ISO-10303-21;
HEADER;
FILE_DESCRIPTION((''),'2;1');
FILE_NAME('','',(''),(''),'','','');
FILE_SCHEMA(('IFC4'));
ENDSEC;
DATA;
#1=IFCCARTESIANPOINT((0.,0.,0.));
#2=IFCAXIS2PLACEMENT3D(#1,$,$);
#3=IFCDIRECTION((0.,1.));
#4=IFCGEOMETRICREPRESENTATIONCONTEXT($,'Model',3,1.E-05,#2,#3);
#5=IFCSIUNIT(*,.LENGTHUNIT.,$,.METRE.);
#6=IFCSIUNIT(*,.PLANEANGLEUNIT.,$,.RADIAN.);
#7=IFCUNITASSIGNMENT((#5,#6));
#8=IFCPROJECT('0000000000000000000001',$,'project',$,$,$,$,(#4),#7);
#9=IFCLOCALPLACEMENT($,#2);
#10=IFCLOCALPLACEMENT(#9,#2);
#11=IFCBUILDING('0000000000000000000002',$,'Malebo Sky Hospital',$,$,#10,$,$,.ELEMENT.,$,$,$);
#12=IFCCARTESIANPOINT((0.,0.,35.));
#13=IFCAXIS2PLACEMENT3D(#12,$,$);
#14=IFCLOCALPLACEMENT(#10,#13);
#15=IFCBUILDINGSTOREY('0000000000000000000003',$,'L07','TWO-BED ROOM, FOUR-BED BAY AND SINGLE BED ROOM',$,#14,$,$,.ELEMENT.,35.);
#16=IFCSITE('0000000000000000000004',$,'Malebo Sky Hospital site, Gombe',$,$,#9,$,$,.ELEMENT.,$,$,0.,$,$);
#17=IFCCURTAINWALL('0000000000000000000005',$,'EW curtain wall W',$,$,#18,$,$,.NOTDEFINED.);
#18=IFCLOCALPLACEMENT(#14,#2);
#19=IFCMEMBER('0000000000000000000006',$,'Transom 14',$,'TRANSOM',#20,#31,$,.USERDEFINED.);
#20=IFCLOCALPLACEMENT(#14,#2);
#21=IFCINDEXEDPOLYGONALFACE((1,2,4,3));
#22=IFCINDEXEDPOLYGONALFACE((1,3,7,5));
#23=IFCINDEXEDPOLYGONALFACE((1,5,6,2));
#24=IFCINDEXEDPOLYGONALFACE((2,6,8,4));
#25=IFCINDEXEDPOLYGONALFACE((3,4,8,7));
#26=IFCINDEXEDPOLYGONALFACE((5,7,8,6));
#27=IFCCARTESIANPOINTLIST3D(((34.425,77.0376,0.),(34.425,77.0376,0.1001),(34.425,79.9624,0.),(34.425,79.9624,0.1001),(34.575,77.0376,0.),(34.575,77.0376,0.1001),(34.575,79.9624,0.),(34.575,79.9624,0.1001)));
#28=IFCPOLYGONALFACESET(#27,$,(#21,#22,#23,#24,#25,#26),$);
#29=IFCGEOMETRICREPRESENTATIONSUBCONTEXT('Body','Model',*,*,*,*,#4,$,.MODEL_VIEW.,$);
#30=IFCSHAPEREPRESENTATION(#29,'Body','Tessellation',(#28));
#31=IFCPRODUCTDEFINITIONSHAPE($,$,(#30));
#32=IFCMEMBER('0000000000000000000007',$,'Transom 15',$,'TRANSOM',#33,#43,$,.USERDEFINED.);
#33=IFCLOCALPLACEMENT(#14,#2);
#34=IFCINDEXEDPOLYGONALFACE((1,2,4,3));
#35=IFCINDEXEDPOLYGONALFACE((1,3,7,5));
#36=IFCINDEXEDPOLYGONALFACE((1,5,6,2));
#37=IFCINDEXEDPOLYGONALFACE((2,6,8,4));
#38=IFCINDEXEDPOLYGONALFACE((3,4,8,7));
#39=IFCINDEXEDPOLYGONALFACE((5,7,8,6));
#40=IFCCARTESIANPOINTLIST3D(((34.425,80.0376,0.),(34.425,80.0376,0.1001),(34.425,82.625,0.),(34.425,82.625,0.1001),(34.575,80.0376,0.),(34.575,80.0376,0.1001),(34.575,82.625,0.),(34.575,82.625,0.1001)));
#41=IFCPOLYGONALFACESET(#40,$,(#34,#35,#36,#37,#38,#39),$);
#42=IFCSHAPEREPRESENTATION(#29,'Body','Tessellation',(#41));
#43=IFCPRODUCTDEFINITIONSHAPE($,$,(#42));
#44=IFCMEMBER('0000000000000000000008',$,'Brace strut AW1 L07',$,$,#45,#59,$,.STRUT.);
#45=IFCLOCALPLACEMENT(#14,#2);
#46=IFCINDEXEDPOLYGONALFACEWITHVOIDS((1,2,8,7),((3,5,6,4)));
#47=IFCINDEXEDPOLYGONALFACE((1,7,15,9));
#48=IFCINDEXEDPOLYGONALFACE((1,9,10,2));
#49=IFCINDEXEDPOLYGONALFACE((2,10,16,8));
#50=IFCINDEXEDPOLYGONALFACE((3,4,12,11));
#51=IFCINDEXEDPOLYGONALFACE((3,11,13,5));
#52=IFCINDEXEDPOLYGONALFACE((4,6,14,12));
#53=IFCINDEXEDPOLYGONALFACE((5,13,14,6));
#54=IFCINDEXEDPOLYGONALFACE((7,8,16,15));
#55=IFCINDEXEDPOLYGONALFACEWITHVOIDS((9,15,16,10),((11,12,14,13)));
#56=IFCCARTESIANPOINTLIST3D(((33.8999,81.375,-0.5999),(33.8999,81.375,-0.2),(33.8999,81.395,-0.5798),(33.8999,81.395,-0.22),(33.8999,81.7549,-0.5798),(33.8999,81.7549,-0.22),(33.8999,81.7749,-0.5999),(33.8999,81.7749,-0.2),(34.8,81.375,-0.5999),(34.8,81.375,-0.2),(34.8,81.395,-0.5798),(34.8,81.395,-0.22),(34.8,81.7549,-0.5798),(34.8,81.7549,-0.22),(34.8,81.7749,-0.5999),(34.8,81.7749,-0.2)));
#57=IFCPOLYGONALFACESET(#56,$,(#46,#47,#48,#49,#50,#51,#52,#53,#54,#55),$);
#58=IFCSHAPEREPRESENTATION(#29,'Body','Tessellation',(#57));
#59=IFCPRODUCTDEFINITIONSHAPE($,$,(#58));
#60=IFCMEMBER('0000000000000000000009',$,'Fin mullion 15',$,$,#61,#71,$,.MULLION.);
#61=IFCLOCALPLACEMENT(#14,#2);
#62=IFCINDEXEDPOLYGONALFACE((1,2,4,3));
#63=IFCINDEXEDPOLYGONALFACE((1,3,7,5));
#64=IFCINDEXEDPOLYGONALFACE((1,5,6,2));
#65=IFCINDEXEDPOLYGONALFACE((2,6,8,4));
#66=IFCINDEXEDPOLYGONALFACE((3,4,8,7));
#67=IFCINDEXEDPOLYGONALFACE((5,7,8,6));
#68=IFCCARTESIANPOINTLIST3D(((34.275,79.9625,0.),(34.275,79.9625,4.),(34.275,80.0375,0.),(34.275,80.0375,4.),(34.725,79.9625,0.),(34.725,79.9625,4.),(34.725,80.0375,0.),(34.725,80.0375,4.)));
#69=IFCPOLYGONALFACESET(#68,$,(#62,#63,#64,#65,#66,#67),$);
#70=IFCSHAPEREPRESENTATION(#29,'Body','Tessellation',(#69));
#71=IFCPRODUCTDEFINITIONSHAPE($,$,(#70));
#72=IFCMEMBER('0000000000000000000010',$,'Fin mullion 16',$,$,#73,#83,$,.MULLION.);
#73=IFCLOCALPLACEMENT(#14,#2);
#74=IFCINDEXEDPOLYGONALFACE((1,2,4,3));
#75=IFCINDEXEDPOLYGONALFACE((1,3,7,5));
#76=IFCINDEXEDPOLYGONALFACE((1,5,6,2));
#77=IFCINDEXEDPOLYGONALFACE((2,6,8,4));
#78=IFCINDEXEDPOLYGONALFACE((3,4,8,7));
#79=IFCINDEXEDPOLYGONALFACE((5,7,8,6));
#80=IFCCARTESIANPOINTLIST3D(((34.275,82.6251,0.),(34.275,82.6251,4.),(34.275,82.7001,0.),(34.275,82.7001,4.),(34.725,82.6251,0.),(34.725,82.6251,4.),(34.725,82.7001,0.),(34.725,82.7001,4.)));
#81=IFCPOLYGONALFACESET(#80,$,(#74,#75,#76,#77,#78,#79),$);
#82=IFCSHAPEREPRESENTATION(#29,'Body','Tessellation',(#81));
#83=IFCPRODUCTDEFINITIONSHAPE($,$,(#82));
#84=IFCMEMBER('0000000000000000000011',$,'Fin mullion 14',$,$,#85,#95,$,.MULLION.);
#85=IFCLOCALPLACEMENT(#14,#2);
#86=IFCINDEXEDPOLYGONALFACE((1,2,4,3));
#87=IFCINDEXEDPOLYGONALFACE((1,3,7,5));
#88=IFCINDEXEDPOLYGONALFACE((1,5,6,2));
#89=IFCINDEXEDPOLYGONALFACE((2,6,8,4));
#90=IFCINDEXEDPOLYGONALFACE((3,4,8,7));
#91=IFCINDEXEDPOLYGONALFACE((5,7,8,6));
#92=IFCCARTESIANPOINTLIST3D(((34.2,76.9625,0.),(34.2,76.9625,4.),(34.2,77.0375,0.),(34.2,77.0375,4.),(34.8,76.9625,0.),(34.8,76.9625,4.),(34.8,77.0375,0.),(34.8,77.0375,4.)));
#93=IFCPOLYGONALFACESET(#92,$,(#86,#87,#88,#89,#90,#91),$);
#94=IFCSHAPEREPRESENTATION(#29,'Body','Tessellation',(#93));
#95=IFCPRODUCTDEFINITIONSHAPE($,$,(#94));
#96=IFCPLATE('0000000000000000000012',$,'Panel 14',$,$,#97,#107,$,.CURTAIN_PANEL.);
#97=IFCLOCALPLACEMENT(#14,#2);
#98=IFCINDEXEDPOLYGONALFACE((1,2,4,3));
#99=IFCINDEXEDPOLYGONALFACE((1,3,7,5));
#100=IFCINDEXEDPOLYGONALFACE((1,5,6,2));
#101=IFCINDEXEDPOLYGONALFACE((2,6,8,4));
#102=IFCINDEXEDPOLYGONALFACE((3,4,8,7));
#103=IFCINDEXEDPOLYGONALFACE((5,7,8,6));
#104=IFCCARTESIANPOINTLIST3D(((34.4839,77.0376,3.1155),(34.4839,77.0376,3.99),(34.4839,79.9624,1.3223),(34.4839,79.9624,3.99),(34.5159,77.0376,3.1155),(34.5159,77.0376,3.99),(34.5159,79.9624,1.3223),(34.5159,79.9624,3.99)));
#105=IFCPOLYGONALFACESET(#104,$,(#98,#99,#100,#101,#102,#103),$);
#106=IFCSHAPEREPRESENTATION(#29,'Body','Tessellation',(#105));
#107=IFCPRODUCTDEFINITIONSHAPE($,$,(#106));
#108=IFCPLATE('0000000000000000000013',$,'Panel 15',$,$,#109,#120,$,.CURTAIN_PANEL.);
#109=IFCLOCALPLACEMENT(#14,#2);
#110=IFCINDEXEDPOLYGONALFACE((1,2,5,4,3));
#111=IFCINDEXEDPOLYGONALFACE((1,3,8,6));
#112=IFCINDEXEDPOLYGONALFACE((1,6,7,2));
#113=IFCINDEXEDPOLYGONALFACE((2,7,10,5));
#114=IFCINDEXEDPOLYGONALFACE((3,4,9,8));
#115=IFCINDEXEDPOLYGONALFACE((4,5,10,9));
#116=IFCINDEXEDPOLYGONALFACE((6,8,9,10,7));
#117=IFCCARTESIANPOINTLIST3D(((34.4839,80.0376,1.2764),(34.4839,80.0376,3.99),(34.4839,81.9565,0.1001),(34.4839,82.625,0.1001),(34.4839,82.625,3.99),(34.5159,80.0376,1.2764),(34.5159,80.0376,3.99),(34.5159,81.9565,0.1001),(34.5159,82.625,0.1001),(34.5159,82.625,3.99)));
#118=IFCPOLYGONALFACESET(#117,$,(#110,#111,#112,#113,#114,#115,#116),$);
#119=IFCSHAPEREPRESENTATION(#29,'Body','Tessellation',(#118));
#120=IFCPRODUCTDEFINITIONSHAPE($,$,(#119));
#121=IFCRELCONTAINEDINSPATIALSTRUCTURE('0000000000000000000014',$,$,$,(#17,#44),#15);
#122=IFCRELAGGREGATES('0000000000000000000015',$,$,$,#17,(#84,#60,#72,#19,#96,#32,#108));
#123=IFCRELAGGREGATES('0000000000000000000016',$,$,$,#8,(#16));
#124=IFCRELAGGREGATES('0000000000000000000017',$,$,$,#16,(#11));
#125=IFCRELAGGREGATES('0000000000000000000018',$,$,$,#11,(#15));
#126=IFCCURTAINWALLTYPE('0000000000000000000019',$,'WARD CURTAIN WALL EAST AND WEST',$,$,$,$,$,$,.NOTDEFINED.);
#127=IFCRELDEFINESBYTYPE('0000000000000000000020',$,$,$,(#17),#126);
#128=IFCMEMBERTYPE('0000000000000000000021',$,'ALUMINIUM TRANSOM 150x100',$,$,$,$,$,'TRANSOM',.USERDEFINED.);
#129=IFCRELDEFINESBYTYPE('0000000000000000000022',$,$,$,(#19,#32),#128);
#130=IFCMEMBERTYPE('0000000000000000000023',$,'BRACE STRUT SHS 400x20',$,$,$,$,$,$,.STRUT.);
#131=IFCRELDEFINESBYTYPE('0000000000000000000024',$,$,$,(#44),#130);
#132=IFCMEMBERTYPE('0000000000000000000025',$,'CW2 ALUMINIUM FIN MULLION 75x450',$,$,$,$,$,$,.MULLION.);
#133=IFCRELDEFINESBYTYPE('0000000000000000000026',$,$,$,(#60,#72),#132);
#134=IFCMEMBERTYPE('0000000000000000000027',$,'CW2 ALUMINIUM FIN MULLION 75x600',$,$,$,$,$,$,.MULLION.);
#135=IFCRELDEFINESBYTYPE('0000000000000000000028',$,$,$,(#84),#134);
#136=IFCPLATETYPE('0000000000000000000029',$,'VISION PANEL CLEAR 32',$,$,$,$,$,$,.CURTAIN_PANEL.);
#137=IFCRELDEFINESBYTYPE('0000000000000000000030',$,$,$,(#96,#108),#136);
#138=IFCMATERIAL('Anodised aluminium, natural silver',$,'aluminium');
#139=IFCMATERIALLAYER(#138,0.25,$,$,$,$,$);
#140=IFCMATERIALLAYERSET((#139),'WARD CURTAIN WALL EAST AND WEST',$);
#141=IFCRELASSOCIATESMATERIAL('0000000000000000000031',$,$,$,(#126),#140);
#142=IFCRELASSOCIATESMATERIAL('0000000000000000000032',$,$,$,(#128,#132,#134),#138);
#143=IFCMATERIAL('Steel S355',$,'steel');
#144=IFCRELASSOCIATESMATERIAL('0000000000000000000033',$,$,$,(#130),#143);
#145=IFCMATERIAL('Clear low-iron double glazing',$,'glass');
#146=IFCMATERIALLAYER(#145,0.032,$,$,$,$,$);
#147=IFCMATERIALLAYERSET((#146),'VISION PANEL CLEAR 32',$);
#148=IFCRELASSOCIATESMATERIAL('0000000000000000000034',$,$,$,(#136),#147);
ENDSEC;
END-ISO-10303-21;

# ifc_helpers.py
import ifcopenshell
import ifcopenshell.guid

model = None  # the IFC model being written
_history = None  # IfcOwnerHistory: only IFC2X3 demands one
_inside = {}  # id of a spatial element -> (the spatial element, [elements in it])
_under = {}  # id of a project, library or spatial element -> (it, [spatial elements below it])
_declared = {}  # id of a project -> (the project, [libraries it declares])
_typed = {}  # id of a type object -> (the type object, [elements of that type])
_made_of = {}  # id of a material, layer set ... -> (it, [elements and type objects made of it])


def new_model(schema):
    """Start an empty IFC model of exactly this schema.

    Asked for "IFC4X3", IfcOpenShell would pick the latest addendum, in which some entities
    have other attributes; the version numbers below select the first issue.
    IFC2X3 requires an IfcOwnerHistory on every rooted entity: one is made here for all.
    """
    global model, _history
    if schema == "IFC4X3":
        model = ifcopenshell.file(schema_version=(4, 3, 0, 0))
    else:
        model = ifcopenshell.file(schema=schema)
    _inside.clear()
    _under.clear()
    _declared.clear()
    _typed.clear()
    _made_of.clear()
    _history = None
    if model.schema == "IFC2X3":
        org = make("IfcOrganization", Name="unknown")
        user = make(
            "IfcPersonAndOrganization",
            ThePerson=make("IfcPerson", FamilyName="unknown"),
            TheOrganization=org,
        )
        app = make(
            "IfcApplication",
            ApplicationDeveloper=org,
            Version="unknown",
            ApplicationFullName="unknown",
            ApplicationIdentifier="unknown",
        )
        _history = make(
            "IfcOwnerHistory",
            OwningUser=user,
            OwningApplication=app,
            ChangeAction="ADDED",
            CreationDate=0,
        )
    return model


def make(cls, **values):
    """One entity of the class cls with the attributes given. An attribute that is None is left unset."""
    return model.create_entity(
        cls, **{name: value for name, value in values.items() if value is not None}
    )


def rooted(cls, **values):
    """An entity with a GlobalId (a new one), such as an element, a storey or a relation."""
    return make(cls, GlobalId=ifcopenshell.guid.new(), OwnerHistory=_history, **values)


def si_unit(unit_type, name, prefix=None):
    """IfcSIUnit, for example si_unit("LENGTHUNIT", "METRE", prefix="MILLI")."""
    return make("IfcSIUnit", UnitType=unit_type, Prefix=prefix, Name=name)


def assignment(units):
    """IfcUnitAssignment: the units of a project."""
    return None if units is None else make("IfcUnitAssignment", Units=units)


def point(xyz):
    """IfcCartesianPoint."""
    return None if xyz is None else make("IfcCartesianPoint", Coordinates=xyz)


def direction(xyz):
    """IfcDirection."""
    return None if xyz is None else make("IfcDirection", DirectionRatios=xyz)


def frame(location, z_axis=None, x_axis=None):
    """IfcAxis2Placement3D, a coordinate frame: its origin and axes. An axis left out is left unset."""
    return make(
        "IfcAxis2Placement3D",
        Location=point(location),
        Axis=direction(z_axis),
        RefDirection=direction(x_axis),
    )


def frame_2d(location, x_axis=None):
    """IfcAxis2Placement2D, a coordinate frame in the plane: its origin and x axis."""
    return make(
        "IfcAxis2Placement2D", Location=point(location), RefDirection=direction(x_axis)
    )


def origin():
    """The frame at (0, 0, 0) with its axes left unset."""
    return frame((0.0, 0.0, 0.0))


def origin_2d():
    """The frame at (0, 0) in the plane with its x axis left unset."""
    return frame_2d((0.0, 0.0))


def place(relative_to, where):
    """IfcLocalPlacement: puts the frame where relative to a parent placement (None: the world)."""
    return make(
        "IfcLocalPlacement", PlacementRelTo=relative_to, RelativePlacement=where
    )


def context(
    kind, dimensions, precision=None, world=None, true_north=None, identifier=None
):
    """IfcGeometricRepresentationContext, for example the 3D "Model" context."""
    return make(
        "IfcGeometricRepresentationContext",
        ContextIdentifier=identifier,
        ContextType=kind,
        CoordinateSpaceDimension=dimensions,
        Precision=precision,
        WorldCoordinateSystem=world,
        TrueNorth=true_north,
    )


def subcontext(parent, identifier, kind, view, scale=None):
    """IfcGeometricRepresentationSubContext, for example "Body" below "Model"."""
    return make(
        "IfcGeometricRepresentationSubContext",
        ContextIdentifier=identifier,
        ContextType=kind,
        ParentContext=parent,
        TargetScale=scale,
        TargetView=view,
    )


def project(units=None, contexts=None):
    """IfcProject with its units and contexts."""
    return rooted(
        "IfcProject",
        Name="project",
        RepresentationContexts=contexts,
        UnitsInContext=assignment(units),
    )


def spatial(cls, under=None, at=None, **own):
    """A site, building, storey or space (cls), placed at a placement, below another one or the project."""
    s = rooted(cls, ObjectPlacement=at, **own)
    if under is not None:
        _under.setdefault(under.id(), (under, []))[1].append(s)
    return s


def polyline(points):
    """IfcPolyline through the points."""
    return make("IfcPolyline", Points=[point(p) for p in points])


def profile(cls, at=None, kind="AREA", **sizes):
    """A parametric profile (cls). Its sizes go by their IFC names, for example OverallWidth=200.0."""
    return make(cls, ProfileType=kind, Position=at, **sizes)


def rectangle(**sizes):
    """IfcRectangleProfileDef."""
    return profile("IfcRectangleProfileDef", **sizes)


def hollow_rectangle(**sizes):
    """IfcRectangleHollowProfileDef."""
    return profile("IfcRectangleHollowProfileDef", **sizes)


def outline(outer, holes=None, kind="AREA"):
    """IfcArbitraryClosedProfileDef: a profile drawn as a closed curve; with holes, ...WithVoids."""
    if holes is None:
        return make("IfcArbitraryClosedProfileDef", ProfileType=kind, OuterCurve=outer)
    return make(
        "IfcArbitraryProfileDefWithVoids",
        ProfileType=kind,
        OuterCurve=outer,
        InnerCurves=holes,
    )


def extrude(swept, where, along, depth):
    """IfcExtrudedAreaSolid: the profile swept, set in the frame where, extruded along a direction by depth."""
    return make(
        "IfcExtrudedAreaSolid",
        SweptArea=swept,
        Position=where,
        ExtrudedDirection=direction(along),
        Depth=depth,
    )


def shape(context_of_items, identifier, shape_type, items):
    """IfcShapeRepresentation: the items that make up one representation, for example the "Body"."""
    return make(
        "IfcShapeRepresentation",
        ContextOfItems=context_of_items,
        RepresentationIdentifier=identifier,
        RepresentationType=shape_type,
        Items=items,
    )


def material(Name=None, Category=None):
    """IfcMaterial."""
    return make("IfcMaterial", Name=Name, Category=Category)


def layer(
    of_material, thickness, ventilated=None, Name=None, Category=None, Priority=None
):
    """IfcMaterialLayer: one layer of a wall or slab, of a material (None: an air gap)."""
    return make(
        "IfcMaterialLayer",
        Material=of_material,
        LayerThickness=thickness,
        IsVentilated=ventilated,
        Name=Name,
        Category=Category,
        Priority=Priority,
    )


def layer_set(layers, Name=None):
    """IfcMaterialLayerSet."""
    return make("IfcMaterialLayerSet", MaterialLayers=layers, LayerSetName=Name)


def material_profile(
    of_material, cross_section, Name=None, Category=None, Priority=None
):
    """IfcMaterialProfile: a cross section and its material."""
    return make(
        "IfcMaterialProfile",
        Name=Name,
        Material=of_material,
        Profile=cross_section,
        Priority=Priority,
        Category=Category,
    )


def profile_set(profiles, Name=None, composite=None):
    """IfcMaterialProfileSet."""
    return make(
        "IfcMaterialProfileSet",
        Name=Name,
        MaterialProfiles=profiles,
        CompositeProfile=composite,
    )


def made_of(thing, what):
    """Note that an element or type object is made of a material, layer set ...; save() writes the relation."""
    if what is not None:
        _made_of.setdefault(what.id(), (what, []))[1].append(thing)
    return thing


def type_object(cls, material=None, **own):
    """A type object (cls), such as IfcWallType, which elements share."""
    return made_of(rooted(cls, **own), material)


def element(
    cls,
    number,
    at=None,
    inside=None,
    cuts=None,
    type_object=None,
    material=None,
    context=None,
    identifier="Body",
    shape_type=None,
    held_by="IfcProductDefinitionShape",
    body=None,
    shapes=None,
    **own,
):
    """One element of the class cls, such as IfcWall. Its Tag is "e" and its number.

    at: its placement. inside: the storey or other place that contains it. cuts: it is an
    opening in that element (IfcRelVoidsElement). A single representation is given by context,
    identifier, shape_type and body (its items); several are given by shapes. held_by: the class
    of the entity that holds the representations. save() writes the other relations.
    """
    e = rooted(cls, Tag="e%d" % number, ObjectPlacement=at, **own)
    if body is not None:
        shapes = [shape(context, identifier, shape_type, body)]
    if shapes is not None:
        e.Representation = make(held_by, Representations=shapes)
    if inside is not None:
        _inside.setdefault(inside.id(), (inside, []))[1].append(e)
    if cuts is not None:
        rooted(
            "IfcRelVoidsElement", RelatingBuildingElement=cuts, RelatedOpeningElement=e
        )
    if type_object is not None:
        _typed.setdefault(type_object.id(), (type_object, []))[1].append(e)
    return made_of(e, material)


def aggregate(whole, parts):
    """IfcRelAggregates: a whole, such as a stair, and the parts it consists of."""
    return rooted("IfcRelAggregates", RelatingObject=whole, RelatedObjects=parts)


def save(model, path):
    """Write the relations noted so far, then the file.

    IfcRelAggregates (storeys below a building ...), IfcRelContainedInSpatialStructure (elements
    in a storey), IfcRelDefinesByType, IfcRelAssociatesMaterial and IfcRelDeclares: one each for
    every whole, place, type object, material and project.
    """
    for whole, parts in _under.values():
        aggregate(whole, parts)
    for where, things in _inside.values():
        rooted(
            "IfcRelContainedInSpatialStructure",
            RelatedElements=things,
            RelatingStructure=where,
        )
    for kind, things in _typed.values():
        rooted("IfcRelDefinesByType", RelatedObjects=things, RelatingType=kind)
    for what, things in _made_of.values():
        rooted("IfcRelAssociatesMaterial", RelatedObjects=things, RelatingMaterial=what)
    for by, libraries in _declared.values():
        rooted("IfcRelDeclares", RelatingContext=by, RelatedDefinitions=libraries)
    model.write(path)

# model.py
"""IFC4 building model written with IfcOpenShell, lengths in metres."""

from ifc_helpers import new_model, si_unit, direction, frame, origin, origin_2d, place, context, subcontext, project, spatial, polyline, rectangle, hollow_rectangle, outline, extrude, material, layer, layer_set, material_profile, profile_set, type_object, element, aggregate, save


model = new_model("IFC4")

# Units and contexts
model_context = context("Model", 3, precision=1e-05, world=origin(), true_north=direction((0.0, 1.0)))
body_context = subcontext(model_context, "Body", "Model", "MODEL_VIEW")
ifc_project = project(units=[si_unit("LENGTHUNIT", "METRE"), si_unit("PLANEANGLEUNIT", "RADIAN")], contexts=[model_context])

# Site, building, storey
site_placement = place(None, origin())
site = spatial("IfcSite", under=ifc_project, at=site_placement, Name="Malebo Sky Hospital site, Gombe", CompositionType="ELEMENT", RefElevation=0.0)
building_placement = place(site_placement, origin())
building = spatial("IfcBuilding", under=site, at=building_placement, Name="Malebo Sky Hospital", CompositionType="ELEMENT")
storey_placement = place(building_placement, frame((0.0, 0.0, 35.0)))
storey = spatial("IfcBuildingStorey", under=building, at=storey_placement, Name="L07", Description="TWO-BED ROOM, FOUR-BED BAY AND SINGLE BED ROOM", CompositionType="ELEMENT", Elevation=35.0)

# Curtain wall, members
ifc_material_1 = material(Name="Anodised aluminium, natural silver", Category="aluminium")
ifc_layer_1 = layer(ifc_material_1, 0.25)
ifc_layer_set_1 = layer_set([ifc_layer_1], Name="WARD CURTAIN WALL EAST AND WEST")
curtain_wall_type = type_object("IfcCurtainWallType", Name="WARD CURTAIN WALL EAST AND WEST", PredefinedType="NOTDEFINED", material=ifc_layer_set_1)
curtain_wall_placement = place(storey_placement, origin())
curtain_wall = element("IfcCurtainWall", 1, at=curtain_wall_placement, inside=storey, type_object=curtain_wall_type, Name="EW curtain wall W", PredefinedType="NOTDEFINED")
ifc_material_profile_1 = material_profile(ifc_material_1, rectangle(XDim=0.1499, YDim=0.1001, at=origin_2d()), Name="ALUMINIUM TRANSOM 150x100")
ifc_profile_set_1 = profile_set([ifc_material_profile_1], Name="Anodised aluminium, natural silver")
member_type_1 = type_object("IfcMemberType", Name="ALUMINIUM TRANSOM 150x100", ElementType="TRANSOM", PredefinedType="USERDEFINED", material=ifc_profile_set_1)
member_1_placement = place(storey_placement, frame((34.5, 77.0376, 0.05), z_axis=(0.0, 1.0, 0.0), x_axis=(-1.0, 0.0, 0.0)))
member_1 = element("IfcMember", 2, at=member_1_placement, type_object=member_type_1, Name="Transom 14", ObjectType="TRANSOM", PredefinedType="USERDEFINED", context=body_context, shape_type="SweptSolid", body=[
    extrude(rectangle(XDim=0.1499, YDim=0.1001, at=origin_2d()), origin(), (0.0, 0.0, 1.0), 2.9248),
])
member_2_placement = place(storey_placement, frame((34.5, 80.0376, 0.05), z_axis=(0.0, 1.0, 0.0), x_axis=(-1.0, 0.0, 0.0)))
member_2 = element("IfcMember", 3, at=member_2_placement, type_object=member_type_1, Name="Transom 15", ObjectType="TRANSOM", PredefinedType="USERDEFINED", context=body_context, shape_type="SweptSolid", body=[
    extrude(rectangle(XDim=0.1499, YDim=0.1001, at=origin_2d()), origin(), (0.0, 0.0, 1.0), 2.5874),
])

# Members
ifc_material_2 = material(Name="Steel S355", Category="steel")
ifc_material_profile_2 = material_profile(ifc_material_2, hollow_rectangle(XDim=0.3999, YDim=0.3999, WallThickness=0.02, at=origin_2d()), Name="SHS 400x20")
ifc_profile_set_2 = profile_set([ifc_material_profile_2], Name="Steel S355")
member_type_2 = type_object("IfcMemberType", Name="BRACE STRUT SHS 400x20", PredefinedType="STRUT", material=ifc_profile_set_2)
member_3_placement = place(storey_placement, frame((33.8999, 81.575, -0.3999), z_axis=(1.0, 0.0, 0.0), x_axis=(0.0, 1.0, 0.0)))
element("IfcMember", 4, at=member_3_placement, inside=storey, type_object=member_type_2, Name="Brace strut AW1 L07", PredefinedType="STRUT", context=body_context, shape_type="SweptSolid", body=[
    extrude(hollow_rectangle(XDim=0.3999, YDim=0.3999, WallThickness=0.02, at=origin_2d()), origin(), (0.0, 0.0, 1.0), 0.9001),
])
ifc_material_profile_3 = material_profile(ifc_material_1, rectangle(XDim=0.075, YDim=0.45, at=origin_2d()), Name="CW2 ALUMINIUM FIN MULLION 75x450")
ifc_profile_set_3 = profile_set([ifc_material_profile_3], Name="Anodised aluminium, natural silver")
member_type_3 = type_object("IfcMemberType", Name="CW2 ALUMINIUM FIN MULLION 75x450", PredefinedType="MULLION", material=ifc_profile_set_3)
member_4_placement = place(storey_placement, frame((34.5, 80.0, 0.0), z_axis=(0.0, 0.0, 1.0), x_axis=(0.0, 1.0, 0.0)))
member_4 = element("IfcMember", 5, at=member_4_placement, type_object=member_type_3, Name="Fin mullion 15", PredefinedType="MULLION", context=body_context, shape_type="SweptSolid", body=[
    extrude(rectangle(XDim=0.075, YDim=0.45, at=origin_2d()), origin(), (0.0, 0.0, 1.0), 4.0),
])
member_5_placement = place(storey_placement, frame((34.5, 82.6626, 0.0), z_axis=(0.0, 0.0, 1.0), x_axis=(0.0, 1.0, 0.0)))
member_5 = element("IfcMember", 6, at=member_5_placement, type_object=member_type_3, Name="Fin mullion 16", PredefinedType="MULLION", context=body_context, shape_type="SweptSolid", body=[
    extrude(rectangle(XDim=0.075, YDim=0.45, at=origin_2d()), origin(), (0.0, 0.0, 1.0), 4.0),
])
ifc_material_profile_4 = material_profile(ifc_material_1, rectangle(XDim=0.075, YDim=0.6001, at=origin_2d()), Name="CW2 ALUMINIUM FIN MULLION 75x600")
ifc_profile_set_4 = profile_set([ifc_material_profile_4], Name="Anodised aluminium, natural silver")
member_type_4 = type_object("IfcMemberType", Name="CW2 ALUMINIUM FIN MULLION 75x600", PredefinedType="MULLION", material=ifc_profile_set_4)
member_6_placement = place(storey_placement, frame((34.5, 77.0, 0.0), z_axis=(0.0, 0.0, 1.0), x_axis=(0.0, 1.0, 0.0)))
member_6 = element("IfcMember", 7, at=member_6_placement, type_object=member_type_4, Name="Fin mullion 14", PredefinedType="MULLION", context=body_context, shape_type="SweptSolid", body=[
    extrude(rectangle(XDim=0.075, YDim=0.6001, at=origin_2d()), origin(), (0.0, 0.0, 1.0), 4.0),
])

# Plates
ifc_material_3 = material(Name="Clear low-iron double glazing", Category="glass")
ifc_layer_2 = layer(ifc_material_3, 0.032)
ifc_layer_set_2 = layer_set([ifc_layer_2], Name="VISION PANEL CLEAR 32")
plate_type = type_object("IfcPlateType", Name="VISION PANEL CLEAR 32", PredefinedType="CURTAIN_PANEL", material=ifc_layer_set_2)
plate_1_placement = place(storey_placement, frame((34.5, 78.5, 1.3223), z_axis=(0.0, 0.0, 1.0), x_axis=(0.0, 1.0, 0.0)))
plate_1 = element("IfcPlate", 8, at=plate_1_placement, type_object=plate_type, Name="Panel 14", PredefinedType="CURTAIN_PANEL", context=body_context, shape_type="SweptSolid", body=[
    extrude(outline(polyline([(1.4624, 0.0), (1.4624, 2.6677), (-1.4624, 2.6677), (-1.4624, 1.7932), (1.4624, 0.0)])), frame((0.0, 0.0161, 0.0), z_axis=(0.0, -1.0, 0.0), x_axis=(1.0, 0.0, 0.0)), (0.0, 0.0, 1.0), 0.032),
])
plate_2_placement = place(storey_placement, frame((34.5, 81.3313, 0.1001), z_axis=(0.0, 0.0, 1.0), x_axis=(0.0, 1.0, 0.0)))
plate_2 = element("IfcPlate", 9, at=plate_2_placement, type_object=plate_type, Name="Panel 15", PredefinedType="CURTAIN_PANEL", context=body_context, shape_type="SweptSolid", body=[
    extrude(outline(polyline([(0.6252, 0.0), (1.2937, 0.0), (1.2937, 3.8899), (-1.2937, 3.8899), (-1.2937, 1.1763), (0.6252, 0.0)])), frame((0.0, 0.0161, 0.0), z_axis=(0.0, -1.0, 0.0), x_axis=(1.0, 0.0, 0.0)), (0.0, 0.0, 1.0), 0.032),
])
aggregate(curtain_wall, [member_6, member_4, member_5, member_1, plate_1, member_2, plate_2])

save(model, "model.ifc")
